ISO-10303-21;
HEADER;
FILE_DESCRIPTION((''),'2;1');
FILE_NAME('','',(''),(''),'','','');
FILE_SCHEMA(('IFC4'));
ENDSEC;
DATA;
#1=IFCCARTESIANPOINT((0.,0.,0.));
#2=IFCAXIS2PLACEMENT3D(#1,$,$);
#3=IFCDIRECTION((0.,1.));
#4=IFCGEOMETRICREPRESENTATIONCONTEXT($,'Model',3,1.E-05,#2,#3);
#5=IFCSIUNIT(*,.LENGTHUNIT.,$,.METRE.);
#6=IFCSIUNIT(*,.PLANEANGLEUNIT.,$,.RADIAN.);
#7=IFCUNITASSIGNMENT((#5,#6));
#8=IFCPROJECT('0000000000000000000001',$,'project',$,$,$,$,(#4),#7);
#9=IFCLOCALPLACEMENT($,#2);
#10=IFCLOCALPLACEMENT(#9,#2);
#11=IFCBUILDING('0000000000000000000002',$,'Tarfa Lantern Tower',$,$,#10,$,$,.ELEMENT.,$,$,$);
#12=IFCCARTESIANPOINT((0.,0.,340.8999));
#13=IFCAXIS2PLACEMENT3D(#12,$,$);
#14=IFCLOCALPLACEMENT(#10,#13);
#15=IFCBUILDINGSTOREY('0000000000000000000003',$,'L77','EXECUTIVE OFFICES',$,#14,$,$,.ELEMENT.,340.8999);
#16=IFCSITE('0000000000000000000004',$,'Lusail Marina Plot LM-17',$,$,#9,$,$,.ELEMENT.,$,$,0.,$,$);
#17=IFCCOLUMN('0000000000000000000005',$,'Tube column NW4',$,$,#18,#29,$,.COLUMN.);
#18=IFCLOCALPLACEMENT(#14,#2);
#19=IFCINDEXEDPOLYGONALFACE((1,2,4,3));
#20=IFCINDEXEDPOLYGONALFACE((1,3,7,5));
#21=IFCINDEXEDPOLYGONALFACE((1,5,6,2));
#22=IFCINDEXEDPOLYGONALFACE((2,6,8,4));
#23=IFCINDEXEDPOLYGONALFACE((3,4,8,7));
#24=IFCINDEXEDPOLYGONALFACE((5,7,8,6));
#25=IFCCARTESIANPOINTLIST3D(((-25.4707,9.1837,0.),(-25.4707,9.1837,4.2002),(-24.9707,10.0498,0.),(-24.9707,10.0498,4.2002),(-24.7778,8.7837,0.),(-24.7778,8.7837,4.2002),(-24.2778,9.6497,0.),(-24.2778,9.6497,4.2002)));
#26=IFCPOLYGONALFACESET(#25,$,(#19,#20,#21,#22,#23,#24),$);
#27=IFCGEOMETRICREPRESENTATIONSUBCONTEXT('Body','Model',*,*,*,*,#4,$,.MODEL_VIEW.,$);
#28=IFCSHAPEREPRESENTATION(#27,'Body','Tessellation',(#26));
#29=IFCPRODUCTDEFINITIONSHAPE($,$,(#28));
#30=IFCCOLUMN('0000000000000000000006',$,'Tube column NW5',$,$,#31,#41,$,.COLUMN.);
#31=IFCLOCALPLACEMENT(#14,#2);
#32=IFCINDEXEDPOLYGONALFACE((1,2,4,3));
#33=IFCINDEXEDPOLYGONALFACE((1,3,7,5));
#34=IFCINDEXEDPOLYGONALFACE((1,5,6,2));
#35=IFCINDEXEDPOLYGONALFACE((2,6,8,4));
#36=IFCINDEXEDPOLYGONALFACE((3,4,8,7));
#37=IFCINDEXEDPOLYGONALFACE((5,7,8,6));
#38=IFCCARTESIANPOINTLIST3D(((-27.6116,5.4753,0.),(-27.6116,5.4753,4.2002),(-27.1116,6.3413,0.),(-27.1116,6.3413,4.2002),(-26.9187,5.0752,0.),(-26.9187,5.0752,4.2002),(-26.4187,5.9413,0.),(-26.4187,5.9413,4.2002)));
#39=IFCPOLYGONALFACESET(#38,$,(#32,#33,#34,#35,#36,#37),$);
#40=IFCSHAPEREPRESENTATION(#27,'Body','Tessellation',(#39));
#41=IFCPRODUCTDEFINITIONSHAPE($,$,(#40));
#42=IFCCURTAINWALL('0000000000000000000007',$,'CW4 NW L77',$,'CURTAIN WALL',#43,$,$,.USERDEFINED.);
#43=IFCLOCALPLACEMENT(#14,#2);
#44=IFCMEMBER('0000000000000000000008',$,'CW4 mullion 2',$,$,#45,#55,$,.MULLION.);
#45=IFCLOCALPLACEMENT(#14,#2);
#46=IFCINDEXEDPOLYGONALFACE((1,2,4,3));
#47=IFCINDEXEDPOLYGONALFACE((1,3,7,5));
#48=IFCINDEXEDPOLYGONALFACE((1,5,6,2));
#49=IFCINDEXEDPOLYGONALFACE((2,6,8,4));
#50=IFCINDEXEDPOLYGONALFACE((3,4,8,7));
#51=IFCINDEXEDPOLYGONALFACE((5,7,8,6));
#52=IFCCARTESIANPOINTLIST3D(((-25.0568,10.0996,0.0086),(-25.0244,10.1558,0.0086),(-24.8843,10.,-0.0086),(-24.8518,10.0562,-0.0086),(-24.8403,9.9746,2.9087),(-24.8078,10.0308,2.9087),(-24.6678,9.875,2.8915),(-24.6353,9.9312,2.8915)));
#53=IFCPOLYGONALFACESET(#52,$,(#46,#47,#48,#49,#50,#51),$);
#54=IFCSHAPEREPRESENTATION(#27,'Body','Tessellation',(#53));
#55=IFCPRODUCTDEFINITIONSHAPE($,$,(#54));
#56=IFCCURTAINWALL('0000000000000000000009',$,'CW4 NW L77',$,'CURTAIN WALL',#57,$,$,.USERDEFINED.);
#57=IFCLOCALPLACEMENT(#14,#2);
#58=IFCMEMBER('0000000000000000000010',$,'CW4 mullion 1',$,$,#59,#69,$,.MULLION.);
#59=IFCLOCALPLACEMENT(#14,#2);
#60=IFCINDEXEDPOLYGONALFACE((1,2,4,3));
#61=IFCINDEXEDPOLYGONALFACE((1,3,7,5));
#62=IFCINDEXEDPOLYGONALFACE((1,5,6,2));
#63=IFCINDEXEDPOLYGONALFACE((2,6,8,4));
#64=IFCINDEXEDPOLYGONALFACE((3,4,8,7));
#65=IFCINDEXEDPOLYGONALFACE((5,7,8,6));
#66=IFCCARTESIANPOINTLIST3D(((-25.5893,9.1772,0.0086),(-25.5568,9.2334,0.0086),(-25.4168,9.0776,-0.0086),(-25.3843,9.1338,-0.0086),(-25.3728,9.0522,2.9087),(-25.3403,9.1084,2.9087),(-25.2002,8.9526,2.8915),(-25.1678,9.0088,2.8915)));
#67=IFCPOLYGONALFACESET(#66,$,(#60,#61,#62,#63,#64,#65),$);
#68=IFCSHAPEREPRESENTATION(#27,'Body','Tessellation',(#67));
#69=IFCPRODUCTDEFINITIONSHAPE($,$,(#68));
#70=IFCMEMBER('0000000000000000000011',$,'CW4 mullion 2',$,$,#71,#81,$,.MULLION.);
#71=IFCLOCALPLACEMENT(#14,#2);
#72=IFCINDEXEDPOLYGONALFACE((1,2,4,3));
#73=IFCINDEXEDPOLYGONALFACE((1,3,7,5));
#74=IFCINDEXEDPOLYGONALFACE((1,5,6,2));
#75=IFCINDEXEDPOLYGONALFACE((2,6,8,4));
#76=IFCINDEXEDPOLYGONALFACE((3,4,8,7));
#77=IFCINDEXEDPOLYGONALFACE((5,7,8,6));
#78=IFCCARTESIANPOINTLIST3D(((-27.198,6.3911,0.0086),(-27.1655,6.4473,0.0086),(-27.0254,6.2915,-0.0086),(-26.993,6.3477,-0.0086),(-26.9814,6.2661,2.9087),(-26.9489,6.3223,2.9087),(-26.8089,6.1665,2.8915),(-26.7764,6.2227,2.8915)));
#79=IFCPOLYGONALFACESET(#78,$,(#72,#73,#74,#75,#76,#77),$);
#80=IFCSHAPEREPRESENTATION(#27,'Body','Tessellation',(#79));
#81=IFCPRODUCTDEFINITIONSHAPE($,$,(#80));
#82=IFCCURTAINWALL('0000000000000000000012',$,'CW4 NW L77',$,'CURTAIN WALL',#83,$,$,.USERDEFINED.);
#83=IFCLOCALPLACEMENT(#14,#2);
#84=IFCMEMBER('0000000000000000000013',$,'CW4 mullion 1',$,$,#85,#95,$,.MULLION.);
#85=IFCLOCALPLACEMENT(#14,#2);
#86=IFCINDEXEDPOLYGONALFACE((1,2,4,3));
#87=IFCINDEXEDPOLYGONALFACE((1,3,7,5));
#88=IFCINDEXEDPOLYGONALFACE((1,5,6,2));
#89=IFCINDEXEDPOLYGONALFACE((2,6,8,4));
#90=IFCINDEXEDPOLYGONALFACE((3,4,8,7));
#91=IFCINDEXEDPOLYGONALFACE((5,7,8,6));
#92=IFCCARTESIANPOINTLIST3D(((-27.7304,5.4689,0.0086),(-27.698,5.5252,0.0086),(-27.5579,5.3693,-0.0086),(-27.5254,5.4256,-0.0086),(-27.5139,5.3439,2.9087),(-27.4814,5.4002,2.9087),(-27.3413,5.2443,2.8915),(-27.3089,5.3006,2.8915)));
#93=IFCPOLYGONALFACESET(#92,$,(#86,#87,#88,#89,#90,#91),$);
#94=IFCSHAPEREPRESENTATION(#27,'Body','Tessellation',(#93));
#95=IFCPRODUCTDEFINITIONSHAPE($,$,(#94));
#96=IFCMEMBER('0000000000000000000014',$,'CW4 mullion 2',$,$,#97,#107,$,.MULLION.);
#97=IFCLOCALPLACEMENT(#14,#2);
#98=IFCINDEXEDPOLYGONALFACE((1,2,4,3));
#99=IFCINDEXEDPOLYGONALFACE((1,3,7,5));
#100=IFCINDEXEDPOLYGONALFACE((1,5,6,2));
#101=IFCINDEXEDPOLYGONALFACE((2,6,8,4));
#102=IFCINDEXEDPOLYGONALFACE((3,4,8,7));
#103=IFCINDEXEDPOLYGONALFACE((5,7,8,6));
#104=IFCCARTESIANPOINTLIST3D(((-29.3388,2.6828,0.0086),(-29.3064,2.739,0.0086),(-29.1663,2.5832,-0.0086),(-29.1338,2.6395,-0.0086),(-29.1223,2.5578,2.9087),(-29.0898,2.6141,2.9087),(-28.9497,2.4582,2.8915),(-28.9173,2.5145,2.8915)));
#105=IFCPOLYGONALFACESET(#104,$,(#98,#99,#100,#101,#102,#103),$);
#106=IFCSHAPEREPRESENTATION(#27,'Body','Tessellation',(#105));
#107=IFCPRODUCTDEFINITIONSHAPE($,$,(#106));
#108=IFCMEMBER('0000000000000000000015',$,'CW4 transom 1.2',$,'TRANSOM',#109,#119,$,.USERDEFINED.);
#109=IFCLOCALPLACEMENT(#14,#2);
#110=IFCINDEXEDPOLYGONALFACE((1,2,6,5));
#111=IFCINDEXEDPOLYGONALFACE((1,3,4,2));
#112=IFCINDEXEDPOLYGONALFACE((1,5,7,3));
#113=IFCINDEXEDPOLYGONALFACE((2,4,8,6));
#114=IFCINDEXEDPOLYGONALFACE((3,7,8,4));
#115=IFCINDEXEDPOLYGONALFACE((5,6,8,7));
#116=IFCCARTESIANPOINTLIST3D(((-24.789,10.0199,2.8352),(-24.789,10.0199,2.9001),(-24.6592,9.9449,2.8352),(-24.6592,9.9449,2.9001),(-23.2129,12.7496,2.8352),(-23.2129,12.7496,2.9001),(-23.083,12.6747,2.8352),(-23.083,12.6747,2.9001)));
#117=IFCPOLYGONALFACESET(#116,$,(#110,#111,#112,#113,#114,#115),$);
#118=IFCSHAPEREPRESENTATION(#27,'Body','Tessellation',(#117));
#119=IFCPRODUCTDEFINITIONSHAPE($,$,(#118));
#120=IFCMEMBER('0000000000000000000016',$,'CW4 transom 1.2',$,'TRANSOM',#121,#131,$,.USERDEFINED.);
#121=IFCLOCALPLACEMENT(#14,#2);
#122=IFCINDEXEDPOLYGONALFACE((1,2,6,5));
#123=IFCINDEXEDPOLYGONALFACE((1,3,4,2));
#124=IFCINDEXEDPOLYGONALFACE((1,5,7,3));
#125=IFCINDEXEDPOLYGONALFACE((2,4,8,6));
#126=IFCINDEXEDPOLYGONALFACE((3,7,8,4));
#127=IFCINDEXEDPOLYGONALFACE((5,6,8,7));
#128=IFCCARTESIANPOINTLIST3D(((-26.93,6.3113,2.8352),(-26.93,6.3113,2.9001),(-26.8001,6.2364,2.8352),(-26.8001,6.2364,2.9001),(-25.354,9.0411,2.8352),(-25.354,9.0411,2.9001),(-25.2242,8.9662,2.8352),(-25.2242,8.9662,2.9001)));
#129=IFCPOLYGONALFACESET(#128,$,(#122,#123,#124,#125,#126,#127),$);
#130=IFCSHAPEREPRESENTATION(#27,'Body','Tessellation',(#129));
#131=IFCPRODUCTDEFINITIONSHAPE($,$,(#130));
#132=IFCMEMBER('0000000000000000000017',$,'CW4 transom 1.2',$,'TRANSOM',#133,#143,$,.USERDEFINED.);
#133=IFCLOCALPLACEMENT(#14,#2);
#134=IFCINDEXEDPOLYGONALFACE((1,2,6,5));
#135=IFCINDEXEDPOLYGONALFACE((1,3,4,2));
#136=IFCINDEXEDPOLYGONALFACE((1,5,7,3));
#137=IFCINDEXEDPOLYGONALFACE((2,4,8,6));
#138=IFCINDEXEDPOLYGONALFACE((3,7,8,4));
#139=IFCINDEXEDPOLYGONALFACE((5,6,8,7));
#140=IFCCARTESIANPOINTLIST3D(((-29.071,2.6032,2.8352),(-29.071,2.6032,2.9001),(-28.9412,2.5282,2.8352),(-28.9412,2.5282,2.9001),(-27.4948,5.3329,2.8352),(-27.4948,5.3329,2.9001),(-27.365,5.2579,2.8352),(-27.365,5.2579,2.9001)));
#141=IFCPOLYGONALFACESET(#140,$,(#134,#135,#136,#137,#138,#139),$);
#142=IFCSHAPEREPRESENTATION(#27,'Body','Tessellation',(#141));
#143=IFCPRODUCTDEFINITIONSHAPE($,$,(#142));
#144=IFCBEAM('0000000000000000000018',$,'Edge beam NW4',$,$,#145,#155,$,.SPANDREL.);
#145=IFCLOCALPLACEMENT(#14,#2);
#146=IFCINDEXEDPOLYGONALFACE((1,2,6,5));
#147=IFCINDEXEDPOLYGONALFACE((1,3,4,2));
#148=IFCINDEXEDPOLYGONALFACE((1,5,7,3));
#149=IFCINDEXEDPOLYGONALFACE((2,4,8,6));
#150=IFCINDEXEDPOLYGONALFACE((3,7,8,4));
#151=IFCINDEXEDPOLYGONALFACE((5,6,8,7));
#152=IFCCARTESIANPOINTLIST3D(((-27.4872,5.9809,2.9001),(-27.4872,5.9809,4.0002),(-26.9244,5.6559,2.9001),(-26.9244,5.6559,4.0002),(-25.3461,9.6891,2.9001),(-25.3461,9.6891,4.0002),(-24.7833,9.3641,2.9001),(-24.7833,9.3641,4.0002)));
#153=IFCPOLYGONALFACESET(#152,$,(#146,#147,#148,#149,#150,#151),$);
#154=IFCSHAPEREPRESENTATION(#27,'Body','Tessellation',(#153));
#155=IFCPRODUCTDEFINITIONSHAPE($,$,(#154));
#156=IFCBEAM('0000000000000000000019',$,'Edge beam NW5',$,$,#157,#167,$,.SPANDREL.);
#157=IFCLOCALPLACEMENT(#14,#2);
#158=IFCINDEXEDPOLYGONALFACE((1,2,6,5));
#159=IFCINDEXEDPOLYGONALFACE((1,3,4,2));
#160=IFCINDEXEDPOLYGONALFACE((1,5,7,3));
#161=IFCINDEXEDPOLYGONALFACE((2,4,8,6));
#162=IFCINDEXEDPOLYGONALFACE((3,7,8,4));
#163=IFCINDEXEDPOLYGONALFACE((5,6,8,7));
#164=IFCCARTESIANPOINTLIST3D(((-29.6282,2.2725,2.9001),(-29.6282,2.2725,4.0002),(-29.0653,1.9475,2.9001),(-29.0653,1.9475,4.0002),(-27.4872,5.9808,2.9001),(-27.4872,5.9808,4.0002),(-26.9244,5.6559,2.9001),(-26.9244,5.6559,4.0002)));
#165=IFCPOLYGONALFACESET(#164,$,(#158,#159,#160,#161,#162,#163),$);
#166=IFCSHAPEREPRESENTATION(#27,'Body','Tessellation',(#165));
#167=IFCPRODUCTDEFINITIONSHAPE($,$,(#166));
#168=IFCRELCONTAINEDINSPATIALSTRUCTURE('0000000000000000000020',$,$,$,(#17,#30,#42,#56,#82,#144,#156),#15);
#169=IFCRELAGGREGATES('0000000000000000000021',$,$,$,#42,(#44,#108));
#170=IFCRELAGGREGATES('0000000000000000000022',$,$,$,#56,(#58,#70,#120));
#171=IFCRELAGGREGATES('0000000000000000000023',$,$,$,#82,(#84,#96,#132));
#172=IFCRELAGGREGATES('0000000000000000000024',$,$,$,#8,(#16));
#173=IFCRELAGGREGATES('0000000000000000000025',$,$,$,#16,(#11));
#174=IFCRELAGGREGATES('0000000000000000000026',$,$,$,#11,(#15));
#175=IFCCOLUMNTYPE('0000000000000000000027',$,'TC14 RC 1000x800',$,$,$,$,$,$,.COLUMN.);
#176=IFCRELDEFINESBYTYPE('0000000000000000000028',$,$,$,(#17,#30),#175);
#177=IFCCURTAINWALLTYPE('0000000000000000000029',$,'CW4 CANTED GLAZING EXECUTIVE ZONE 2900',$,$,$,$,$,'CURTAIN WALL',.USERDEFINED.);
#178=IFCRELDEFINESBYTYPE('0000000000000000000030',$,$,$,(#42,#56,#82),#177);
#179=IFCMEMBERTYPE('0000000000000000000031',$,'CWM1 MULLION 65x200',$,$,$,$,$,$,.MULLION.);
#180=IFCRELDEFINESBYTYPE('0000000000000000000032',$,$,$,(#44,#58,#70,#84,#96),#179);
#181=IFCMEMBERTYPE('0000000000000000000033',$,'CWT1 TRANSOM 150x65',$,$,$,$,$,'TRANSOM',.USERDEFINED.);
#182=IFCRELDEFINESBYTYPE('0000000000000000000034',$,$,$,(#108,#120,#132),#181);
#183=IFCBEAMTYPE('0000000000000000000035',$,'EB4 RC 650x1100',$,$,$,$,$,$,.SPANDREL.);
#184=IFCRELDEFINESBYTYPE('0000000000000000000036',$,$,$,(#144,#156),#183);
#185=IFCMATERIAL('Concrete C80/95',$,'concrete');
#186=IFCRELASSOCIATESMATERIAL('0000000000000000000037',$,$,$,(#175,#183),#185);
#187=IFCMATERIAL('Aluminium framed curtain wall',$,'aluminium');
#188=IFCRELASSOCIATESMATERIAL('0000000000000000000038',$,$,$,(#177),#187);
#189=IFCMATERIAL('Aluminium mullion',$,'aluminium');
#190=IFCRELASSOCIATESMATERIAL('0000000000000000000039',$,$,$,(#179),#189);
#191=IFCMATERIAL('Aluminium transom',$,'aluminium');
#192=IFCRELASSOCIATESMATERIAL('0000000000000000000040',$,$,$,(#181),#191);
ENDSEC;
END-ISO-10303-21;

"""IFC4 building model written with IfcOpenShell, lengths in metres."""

from ifc_helpers import new_model, si_unit, direction, frame, origin, origin_2d, place, context, subcontext, project, spatial, rectangle, extrude, material, material_profile, profile_set, type_object, element, aggregate, save


model = new_model("IFC4")

# Units and contexts
model_context = context("Model", 3, precision=1e-05, world=origin(), true_north=direction((0.0, 1.0)))
body_context = subcontext(model_context, "Body", "Model", "MODEL_VIEW")
ifc_project = project(units=[si_unit("LENGTHUNIT", "METRE"), si_unit("PLANEANGLEUNIT", "RADIAN")], contexts=[model_context])

# Site, building, storey
site_placement = place(None, origin())
site = spatial("IfcSite", under=ifc_project, at=site_placement, Name="Lusail Marina Plot LM-17", CompositionType="ELEMENT", RefElevation=0.0)
building_placement = place(site_placement, origin())
building = spatial("IfcBuilding", under=site, at=building_placement, Name="Tarfa Lantern Tower", CompositionType="ELEMENT")
storey_placement = place(building_placement, frame((0.0, 0.0, 340.8999)))
storey = spatial("IfcBuildingStorey", under=building, at=storey_placement, Name="L77", Description="EXECUTIVE OFFICES", CompositionType="ELEMENT", Elevation=340.8999)

# Columns
ifc_material_1 = material(Name="Concrete C80/95", Category="concrete")
ifc_material_profile_1 = material_profile(ifc_material_1, rectangle(XDim=1.0, YDim=0.8, at=origin_2d()), Name="RC 1000x800")
ifc_profile_set_1 = profile_set([ifc_material_profile_1], Name="Concrete C80/95")
column_type = type_object("IfcColumnType", Name="TC14 RC 1000x800", PredefinedType="COLUMN", material=ifc_profile_set_1)
for number, where, z_axis, x_axis, name in (
    (1, (-24.8743, 9.4167, 0.0), (0.0, 0.0, 1.0), (-0.5, -0.866025, 0.0), "Tube column NW4"),
    (2, (-27.0151, 5.7083, 0.0), (0.0, 0.0, 1.0), (-0.5, -0.866025, 0.0), "Tube column NW5"),
):
    element("IfcColumn", number, at=place(storey_placement, frame(where, z_axis=z_axis, x_axis=x_axis)), inside=storey, type_object=column_type, Name=name, PredefinedType="COLUMN", context=body_context, shape_type="SweptSolid", body=[
        extrude(rectangle(XDim=1.0, YDim=0.8, at=origin_2d()), origin(), (0.0, 0.0, 1.0), 4.2002),
    ])

# Curtain wall, member
ifc_material_2 = material(Name="Aluminium framed curtain wall", Category="aluminium")
curtain_wall_type = type_object("IfcCurtainWallType", Name="CW4 CANTED GLAZING EXECUTIVE ZONE 2900", ElementType="CURTAIN WALL", PredefinedType="USERDEFINED", material=ifc_material_2)
curtain_wall_1_placement = place(storey_placement, origin())
curtain_wall_1 = element("IfcCurtainWall", 3, at=curtain_wall_1_placement, inside=storey, type_object=curtain_wall_type, Name="CW4 NW L77", ObjectType="CURTAIN WALL", PredefinedType="USERDEFINED")
ifc_material_3 = material(Name="Aluminium mullion", Category="aluminium")
ifc_material_profile_2 = material_profile(ifc_material_3, rectangle(XDim=0.0649, YDim=0.2, at=origin_2d()), Name="AL MULLION 65x200")
ifc_profile_set_2 = profile_set([ifc_material_profile_2], Name="Aluminium mullion")
member_type_1 = type_object("IfcMemberType", Name="CWM1 MULLION 65x200", PredefinedType="MULLION", material=ifc_profile_set_2)
member_1_placement = place(storey_placement, frame((-24.9543, 10.0779, 0.0), z_axis=(0.074394, -0.042942, 0.996304), x_axis=(0.49992, 0.866072, 0.0)))
member_1 = element("IfcMember", 4, at=member_1_placement, type_object=member_type_1, Name="CW4 mullion 2", PredefinedType="MULLION", context=body_context, shape_type="SweptSolid", body=[
    extrude(rectangle(XDim=0.0649, YDim=0.2, at=origin_2d()), origin(), (0.0, 0.0, 1.0), 2.9109),
])

# Curtain walls, members
curtain_wall_2_placement = place(storey_placement, origin())
curtain_wall_2 = element("IfcCurtainWall", 5, at=curtain_wall_2_placement, inside=storey, type_object=curtain_wall_type, Name="CW4 NW L77", ObjectType="CURTAIN WALL", PredefinedType="USERDEFINED")
member_2_placement = place(storey_placement, frame((-25.4868, 9.1555, 0.0), z_axis=(0.074394, -0.042942, 0.996304), x_axis=(0.49992, 0.866072, 0.0)))
member_2 = element("IfcMember", 6, at=member_2_placement, type_object=member_type_1, Name="CW4 mullion 1", PredefinedType="MULLION", context=body_context, shape_type="SweptSolid", body=[
    extrude(rectangle(XDim=0.0649, YDim=0.2, at=origin_2d()), origin(), (0.0, 0.0, 1.0), 2.9109),
])
member_3_placement = place(storey_placement, frame((-27.0955, 6.3694, 0.0), z_axis=(0.074394, -0.042942, 0.996304), x_axis=(0.49992, 0.866072, 0.0)))
member_3 = element("IfcMember", 7, at=member_3_placement, type_object=member_type_1, Name="CW4 mullion 2", PredefinedType="MULLION", context=body_context, shape_type="SweptSolid", body=[
    extrude(rectangle(XDim=0.0649, YDim=0.2, at=origin_2d()), origin(), (0.0, 0.0, 1.0), 2.9109),
])
curtain_wall_3_placement = place(storey_placement, origin())
curtain_wall_3 = element("IfcCurtainWall", 8, at=curtain_wall_3_placement, inside=storey, type_object=curtain_wall_type, Name="CW4 NW L77", ObjectType="CURTAIN WALL", PredefinedType="USERDEFINED")
member_4_placement = place(storey_placement, frame((-27.6279, 5.4473, 0.0), z_axis=(0.074394, -0.042942, 0.996304), x_axis=(0.49992, 0.866072, 0.0)))
member_4 = element("IfcMember", 9, at=member_4_placement, type_object=member_type_1, Name="CW4 mullion 1", PredefinedType="MULLION", context=body_context, shape_type="SweptSolid", body=[
    extrude(rectangle(XDim=0.0649, YDim=0.2, at=origin_2d()), origin(), (0.0, 0.0, 1.0), 2.9109),
])
member_5_placement = place(storey_placement, frame((-29.2363, 2.6611, 0.0), z_axis=(0.074394, -0.042942, 0.996304), x_axis=(0.49992, 0.866072, 0.0)))
member_5 = element("IfcMember", 10, at=member_5_placement, type_object=member_type_1, Name="CW4 mullion 2", PredefinedType="MULLION", context=body_context, shape_type="SweptSolid", body=[
    extrude(rectangle(XDim=0.0649, YDim=0.2, at=origin_2d()), origin(), (0.0, 0.0, 1.0), 2.9109),
])

# Members
ifc_material_4 = material(Name="Aluminium transom", Category="aluminium")
ifc_material_profile_3 = material_profile(ifc_material_4, rectangle(XDim=0.1499, YDim=0.0649, at=origin_2d()), Name="AL TRANSOM 150x65")
ifc_profile_set_3 = profile_set([ifc_material_profile_3], Name="Aluminium transom")
member_type_2 = type_object("IfcMemberType", Name="CWT1 TRANSOM 150x65", ElementType="TRANSOM", PredefinedType="USERDEFINED", material=ifc_profile_set_3)
member_6_placement = place(storey_placement, frame((-23.1479, 12.7122, 2.8677), z_axis=(-0.500038, -0.866004, 0.0), x_axis=(0.866004, -0.500038, 0.0)))
member_6 = element("IfcMember", 11, at=member_6_placement, type_object=member_type_2, Name="CW4 transom 1.2", ObjectType="TRANSOM", PredefinedType="USERDEFINED", context=body_context, shape_type="SweptSolid", body=[
    extrude(rectangle(XDim=0.1499, YDim=0.0649, at=origin_2d()), origin(), (0.0, 0.0, 1.0), 3.1521),
])
aggregate(curtain_wall_1, [member_1, member_6])
member_7_placement = place(storey_placement, frame((-25.2891, 9.0037, 2.8677), z_axis=(-0.499979, -0.866037, 0.0), x_axis=(0.866037, -0.499979, 0.0)))
member_7 = element("IfcMember", 12, at=member_7_placement, type_object=member_type_2, Name="CW4 transom 1.2", ObjectType="TRANSOM", PredefinedType="USERDEFINED", context=body_context, shape_type="SweptSolid", body=[
    extrude(rectangle(XDim=0.1499, YDim=0.0649, at=origin_2d()), origin(), (0.0, 0.0, 1.0), 3.1521),
])
member_8_placement = place(storey_placement, frame((-27.4299, 5.2954, 2.8677), z_axis=(-0.500038, -0.866004, 0.0), x_axis=(0.866004, -0.500038, 0.0)))
member_8 = element("IfcMember", 13, at=member_8_placement, type_object=member_type_2, Name="CW4 transom 1.2", ObjectType="TRANSOM", PredefinedType="USERDEFINED", context=body_context, shape_type="SweptSolid", body=[
    extrude(rectangle(XDim=0.1499, YDim=0.0649, at=origin_2d()), origin(), (0.0, 0.0, 1.0), 3.1521),
])

# Beams
ifc_material_profile_4 = material_profile(ifc_material_1, rectangle(XDim=0.6499, YDim=1.1001, at=origin_2d()), Name="RC 650x1100")
ifc_profile_set_4 = profile_set([ifc_material_profile_4], Name="Concrete C80/95")
beam_type_1 = type_object("IfcBeamType", Name="EB4 RC 650x1100", PredefinedType="SPANDREL", material=ifc_profile_set_4)
for number, where, z_axis, x_axis, name in (
    (14, (-25.0647, 9.5266, 3.4502), (-0.500027, -0.86601, 0.0), (0.86601, -0.500027, 0.0), "Edge beam NW4"),
    (15, (-27.2058, 5.8184, 3.4502), (-0.499984, -0.866035, 0.0), (0.866035, -0.499984, 0.0), "Edge beam NW5"),
):
    element("IfcBeam", number, at=place(storey_placement, frame(where, z_axis=z_axis, x_axis=x_axis)), inside=storey, type_object=beam_type_1, Name=name, PredefinedType="SPANDREL", context=body_context, shape_type="SweptSolid", body=[
        extrude(rectangle(XDim=0.6499, YDim=1.1001, at=origin_2d()), origin(), (0.0, 0.0, 1.0), 4.282),
    ])

aggregate(curtain_wall_2, [member_2, member_3, member_7])
aggregate(curtain_wall_3, [member_4, member_5, member_8])

save(model, "model.ifc")
